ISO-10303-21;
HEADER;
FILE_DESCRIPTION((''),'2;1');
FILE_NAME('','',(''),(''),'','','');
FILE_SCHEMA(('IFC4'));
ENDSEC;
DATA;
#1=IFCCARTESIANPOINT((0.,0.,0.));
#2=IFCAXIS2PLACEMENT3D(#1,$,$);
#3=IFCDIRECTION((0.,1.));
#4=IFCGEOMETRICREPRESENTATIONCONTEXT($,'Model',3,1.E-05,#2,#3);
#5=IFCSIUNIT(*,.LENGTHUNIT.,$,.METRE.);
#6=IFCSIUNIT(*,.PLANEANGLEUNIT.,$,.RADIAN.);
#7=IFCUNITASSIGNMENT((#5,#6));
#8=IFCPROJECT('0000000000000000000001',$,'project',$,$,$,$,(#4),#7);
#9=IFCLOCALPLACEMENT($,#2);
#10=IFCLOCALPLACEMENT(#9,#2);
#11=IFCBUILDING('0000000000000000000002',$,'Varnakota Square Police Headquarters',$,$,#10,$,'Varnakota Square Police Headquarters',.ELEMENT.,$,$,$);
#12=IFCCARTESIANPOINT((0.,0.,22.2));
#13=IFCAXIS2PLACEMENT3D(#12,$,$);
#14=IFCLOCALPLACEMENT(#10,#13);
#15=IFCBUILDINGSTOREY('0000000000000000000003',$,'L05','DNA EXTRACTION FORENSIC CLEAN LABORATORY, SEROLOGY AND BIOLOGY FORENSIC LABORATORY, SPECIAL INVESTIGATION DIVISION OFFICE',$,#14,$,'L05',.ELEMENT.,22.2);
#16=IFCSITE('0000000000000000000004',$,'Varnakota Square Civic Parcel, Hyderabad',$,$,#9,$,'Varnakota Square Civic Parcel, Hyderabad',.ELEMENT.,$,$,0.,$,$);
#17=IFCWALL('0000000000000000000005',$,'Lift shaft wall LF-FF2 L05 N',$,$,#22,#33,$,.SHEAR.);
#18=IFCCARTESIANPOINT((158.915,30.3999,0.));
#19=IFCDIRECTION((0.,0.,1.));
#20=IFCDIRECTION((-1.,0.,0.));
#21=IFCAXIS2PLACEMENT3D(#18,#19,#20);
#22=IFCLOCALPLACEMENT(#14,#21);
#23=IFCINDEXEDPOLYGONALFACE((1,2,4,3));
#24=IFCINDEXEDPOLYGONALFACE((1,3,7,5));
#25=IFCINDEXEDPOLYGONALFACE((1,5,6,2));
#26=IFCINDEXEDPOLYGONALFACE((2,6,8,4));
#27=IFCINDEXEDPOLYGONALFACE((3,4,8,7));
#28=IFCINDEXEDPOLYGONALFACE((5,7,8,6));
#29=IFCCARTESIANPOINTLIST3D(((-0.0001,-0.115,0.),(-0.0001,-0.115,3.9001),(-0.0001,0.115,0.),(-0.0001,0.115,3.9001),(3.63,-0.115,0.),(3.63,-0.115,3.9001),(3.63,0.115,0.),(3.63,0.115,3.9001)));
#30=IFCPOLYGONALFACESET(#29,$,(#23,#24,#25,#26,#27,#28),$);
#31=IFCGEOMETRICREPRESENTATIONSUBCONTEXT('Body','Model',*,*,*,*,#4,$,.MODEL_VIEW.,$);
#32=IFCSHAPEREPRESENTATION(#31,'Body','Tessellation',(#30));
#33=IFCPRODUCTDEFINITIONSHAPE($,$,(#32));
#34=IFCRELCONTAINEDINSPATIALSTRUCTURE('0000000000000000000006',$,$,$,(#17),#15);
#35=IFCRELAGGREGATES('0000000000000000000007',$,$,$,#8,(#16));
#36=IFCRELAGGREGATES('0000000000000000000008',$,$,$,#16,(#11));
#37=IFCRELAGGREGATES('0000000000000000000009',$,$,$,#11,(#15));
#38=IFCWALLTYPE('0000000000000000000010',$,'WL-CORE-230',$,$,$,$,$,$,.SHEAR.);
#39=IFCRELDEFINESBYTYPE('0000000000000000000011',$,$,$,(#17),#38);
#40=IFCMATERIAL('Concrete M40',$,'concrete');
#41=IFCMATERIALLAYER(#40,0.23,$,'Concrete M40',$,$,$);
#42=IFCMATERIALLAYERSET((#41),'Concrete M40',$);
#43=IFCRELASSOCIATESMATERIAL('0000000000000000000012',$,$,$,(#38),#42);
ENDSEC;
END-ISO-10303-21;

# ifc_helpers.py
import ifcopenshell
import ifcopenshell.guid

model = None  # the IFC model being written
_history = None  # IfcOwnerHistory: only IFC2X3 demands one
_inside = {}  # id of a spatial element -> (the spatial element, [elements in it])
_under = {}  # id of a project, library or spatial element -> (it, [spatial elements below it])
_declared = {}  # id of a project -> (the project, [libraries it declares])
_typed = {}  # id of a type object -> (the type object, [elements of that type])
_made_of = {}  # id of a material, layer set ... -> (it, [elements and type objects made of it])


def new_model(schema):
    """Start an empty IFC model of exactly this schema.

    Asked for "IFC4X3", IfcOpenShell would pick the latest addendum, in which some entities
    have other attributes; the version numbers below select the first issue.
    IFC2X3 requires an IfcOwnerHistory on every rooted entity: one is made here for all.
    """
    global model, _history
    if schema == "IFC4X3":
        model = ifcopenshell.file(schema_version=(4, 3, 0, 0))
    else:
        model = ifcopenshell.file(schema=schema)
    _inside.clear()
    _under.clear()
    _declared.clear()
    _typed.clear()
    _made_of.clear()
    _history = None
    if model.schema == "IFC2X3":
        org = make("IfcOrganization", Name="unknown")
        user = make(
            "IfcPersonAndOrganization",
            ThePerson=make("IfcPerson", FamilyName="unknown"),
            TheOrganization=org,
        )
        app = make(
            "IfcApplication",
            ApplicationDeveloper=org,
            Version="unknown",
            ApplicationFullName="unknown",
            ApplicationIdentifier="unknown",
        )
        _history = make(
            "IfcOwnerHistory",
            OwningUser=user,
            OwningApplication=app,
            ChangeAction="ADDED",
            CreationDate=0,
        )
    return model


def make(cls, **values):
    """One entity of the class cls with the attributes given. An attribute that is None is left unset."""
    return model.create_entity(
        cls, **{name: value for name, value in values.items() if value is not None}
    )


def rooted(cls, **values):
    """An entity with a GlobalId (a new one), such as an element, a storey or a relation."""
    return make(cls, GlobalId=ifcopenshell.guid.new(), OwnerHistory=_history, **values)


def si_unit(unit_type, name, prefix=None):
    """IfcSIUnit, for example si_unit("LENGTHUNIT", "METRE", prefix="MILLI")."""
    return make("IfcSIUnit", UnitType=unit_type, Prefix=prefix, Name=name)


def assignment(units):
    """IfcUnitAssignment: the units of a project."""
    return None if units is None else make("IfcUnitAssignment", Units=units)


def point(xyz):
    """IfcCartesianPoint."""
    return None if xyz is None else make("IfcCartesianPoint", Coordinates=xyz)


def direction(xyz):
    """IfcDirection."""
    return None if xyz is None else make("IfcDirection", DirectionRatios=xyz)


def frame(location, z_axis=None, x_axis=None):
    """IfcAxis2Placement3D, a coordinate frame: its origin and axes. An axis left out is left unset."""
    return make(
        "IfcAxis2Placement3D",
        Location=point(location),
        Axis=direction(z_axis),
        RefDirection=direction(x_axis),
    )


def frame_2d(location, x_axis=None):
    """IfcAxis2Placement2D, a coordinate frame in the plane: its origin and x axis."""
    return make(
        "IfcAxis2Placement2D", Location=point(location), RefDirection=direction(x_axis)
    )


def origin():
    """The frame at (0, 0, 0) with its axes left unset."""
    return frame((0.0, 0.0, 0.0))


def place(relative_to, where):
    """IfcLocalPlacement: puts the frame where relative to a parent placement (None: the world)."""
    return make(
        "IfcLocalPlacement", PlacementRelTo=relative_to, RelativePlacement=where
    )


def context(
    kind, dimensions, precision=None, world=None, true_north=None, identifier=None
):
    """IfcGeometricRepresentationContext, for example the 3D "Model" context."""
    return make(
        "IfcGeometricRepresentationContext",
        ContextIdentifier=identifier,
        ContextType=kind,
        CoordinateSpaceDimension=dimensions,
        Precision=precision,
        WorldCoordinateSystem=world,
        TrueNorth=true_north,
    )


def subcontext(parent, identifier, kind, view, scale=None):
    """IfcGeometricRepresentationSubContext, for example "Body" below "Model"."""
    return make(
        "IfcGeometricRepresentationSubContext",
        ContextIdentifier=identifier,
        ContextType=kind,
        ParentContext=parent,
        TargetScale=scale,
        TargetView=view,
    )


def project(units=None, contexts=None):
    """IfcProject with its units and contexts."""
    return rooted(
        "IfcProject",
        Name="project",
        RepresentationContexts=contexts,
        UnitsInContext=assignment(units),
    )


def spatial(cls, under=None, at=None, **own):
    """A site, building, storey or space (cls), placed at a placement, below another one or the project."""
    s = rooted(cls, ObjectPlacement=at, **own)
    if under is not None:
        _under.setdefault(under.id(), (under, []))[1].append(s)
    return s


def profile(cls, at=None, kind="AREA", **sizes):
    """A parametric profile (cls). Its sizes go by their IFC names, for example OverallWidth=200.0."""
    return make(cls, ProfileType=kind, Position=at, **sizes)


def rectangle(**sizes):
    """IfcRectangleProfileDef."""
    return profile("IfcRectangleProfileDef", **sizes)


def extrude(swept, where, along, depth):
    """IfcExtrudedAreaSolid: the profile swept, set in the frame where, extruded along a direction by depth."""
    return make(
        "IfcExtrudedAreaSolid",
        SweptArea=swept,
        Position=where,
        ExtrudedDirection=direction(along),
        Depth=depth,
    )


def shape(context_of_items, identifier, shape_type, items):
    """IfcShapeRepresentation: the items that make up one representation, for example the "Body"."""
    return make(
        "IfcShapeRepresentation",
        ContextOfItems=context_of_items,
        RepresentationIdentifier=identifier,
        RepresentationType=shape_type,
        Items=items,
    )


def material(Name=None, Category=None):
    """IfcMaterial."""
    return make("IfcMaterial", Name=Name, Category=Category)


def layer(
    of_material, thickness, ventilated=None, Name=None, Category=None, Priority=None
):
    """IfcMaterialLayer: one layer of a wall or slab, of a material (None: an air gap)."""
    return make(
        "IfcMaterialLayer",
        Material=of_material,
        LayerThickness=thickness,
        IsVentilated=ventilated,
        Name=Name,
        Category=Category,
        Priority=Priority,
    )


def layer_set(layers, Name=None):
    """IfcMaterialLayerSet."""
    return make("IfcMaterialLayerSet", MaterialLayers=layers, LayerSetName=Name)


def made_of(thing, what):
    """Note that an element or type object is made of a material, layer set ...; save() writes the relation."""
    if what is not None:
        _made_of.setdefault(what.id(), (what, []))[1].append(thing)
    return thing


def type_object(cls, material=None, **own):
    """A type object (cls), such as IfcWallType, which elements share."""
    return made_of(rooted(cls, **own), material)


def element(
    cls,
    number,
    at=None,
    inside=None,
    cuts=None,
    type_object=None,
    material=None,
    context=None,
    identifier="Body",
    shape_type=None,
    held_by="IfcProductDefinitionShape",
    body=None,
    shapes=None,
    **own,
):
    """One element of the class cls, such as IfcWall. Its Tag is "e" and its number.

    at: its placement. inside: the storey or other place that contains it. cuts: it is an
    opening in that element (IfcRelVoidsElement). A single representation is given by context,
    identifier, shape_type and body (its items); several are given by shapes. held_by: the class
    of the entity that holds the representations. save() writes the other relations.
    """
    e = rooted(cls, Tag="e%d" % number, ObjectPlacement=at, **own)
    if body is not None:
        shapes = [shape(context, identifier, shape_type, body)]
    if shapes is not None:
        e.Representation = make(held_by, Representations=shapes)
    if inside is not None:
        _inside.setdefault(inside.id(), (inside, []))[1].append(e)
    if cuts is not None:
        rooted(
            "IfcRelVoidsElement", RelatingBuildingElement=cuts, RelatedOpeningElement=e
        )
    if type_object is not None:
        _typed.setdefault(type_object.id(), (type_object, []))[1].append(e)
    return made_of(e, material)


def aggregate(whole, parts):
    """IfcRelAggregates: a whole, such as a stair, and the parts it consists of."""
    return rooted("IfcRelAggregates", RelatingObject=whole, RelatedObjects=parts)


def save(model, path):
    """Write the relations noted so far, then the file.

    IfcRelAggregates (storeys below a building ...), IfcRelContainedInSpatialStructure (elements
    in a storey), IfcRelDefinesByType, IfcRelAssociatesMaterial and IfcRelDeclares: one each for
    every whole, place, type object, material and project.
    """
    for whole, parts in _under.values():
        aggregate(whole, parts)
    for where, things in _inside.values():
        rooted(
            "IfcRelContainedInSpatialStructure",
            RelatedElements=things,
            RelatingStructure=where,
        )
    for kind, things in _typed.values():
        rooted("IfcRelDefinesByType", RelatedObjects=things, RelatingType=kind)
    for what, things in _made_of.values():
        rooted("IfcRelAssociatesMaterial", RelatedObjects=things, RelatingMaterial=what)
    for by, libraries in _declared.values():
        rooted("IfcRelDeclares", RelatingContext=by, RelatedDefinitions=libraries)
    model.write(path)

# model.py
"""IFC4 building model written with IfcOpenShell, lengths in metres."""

from ifc_helpers import new_model, si_unit, direction, frame, frame_2d, origin, place, context, subcontext, project, spatial, rectangle, extrude, material, layer, layer_set, type_object, element, save


model = new_model("IFC4")

# Units and contexts
model_context = context("Model", 3, precision=1e-05, world=origin(), true_north=direction((0.0, 1.0)))
body_context = subcontext(model_context, "Body", "Model", "MODEL_VIEW")
ifc_project = project(units=[si_unit("LENGTHUNIT", "METRE"), si_unit("PLANEANGLEUNIT", "RADIAN")], contexts=[model_context])

# Site, building, storey
site_placement = place(None, origin())
site = spatial("IfcSite", under=ifc_project, at=site_placement, Name="Varnakota Square Civic Parcel, Hyderabad", LongName="Varnakota Square Civic Parcel, Hyderabad", CompositionType="ELEMENT", RefElevation=0.0)
building_placement = place(site_placement, origin())
building = spatial("IfcBuilding", under=site, at=building_placement, Name="Varnakota Square Police Headquarters", LongName="Varnakota Square Police Headquarters", CompositionType="ELEMENT")
storey_placement = place(building_placement, frame((0.0, 0.0, 22.2)))
storey = spatial("IfcBuildingStorey", under=building, at=storey_placement, Name="L05", Description="DNA EXTRACTION FORENSIC CLEAN LABORATORY, SEROLOGY AND BIOLOGY FORENSIC LABORATORY, SPECIAL INVESTIGATION DIVISION OFFICE", LongName="L05", CompositionType="ELEMENT", Elevation=22.2)

# Wall
ifc_material_1 = material(Name="Concrete M40", Category="concrete")
ifc_layer_1 = layer(ifc_material_1, 0.23, Name="Concrete M40")
ifc_layer_set_1 = layer_set([ifc_layer_1], Name="Concrete M40")
wall_type_1 = type_object("IfcWallType", Name="WL-CORE-230", PredefinedType="SHEAR", material=ifc_layer_set_1)
wall_1_placement = place(storey_placement, frame((158.915, 30.3999, 0.0), z_axis=(0.0, 0.0, 1.0), x_axis=(-1.0, 0.0, 0.0)))
element("IfcWall", 1, at=wall_1_placement, inside=storey, type_object=wall_type_1, Name="Lift shaft wall LF-FF2 L05 N", PredefinedType="SHEAR", context=body_context, shape_type="SweptSolid", body=[
    extrude(rectangle(XDim=3.6301, YDim=0.23, at=frame_2d((1.8149, 0.0))), origin(), (0.0, 0.0, 1.0), 3.9001),
])

save(model, "model.ifc")
